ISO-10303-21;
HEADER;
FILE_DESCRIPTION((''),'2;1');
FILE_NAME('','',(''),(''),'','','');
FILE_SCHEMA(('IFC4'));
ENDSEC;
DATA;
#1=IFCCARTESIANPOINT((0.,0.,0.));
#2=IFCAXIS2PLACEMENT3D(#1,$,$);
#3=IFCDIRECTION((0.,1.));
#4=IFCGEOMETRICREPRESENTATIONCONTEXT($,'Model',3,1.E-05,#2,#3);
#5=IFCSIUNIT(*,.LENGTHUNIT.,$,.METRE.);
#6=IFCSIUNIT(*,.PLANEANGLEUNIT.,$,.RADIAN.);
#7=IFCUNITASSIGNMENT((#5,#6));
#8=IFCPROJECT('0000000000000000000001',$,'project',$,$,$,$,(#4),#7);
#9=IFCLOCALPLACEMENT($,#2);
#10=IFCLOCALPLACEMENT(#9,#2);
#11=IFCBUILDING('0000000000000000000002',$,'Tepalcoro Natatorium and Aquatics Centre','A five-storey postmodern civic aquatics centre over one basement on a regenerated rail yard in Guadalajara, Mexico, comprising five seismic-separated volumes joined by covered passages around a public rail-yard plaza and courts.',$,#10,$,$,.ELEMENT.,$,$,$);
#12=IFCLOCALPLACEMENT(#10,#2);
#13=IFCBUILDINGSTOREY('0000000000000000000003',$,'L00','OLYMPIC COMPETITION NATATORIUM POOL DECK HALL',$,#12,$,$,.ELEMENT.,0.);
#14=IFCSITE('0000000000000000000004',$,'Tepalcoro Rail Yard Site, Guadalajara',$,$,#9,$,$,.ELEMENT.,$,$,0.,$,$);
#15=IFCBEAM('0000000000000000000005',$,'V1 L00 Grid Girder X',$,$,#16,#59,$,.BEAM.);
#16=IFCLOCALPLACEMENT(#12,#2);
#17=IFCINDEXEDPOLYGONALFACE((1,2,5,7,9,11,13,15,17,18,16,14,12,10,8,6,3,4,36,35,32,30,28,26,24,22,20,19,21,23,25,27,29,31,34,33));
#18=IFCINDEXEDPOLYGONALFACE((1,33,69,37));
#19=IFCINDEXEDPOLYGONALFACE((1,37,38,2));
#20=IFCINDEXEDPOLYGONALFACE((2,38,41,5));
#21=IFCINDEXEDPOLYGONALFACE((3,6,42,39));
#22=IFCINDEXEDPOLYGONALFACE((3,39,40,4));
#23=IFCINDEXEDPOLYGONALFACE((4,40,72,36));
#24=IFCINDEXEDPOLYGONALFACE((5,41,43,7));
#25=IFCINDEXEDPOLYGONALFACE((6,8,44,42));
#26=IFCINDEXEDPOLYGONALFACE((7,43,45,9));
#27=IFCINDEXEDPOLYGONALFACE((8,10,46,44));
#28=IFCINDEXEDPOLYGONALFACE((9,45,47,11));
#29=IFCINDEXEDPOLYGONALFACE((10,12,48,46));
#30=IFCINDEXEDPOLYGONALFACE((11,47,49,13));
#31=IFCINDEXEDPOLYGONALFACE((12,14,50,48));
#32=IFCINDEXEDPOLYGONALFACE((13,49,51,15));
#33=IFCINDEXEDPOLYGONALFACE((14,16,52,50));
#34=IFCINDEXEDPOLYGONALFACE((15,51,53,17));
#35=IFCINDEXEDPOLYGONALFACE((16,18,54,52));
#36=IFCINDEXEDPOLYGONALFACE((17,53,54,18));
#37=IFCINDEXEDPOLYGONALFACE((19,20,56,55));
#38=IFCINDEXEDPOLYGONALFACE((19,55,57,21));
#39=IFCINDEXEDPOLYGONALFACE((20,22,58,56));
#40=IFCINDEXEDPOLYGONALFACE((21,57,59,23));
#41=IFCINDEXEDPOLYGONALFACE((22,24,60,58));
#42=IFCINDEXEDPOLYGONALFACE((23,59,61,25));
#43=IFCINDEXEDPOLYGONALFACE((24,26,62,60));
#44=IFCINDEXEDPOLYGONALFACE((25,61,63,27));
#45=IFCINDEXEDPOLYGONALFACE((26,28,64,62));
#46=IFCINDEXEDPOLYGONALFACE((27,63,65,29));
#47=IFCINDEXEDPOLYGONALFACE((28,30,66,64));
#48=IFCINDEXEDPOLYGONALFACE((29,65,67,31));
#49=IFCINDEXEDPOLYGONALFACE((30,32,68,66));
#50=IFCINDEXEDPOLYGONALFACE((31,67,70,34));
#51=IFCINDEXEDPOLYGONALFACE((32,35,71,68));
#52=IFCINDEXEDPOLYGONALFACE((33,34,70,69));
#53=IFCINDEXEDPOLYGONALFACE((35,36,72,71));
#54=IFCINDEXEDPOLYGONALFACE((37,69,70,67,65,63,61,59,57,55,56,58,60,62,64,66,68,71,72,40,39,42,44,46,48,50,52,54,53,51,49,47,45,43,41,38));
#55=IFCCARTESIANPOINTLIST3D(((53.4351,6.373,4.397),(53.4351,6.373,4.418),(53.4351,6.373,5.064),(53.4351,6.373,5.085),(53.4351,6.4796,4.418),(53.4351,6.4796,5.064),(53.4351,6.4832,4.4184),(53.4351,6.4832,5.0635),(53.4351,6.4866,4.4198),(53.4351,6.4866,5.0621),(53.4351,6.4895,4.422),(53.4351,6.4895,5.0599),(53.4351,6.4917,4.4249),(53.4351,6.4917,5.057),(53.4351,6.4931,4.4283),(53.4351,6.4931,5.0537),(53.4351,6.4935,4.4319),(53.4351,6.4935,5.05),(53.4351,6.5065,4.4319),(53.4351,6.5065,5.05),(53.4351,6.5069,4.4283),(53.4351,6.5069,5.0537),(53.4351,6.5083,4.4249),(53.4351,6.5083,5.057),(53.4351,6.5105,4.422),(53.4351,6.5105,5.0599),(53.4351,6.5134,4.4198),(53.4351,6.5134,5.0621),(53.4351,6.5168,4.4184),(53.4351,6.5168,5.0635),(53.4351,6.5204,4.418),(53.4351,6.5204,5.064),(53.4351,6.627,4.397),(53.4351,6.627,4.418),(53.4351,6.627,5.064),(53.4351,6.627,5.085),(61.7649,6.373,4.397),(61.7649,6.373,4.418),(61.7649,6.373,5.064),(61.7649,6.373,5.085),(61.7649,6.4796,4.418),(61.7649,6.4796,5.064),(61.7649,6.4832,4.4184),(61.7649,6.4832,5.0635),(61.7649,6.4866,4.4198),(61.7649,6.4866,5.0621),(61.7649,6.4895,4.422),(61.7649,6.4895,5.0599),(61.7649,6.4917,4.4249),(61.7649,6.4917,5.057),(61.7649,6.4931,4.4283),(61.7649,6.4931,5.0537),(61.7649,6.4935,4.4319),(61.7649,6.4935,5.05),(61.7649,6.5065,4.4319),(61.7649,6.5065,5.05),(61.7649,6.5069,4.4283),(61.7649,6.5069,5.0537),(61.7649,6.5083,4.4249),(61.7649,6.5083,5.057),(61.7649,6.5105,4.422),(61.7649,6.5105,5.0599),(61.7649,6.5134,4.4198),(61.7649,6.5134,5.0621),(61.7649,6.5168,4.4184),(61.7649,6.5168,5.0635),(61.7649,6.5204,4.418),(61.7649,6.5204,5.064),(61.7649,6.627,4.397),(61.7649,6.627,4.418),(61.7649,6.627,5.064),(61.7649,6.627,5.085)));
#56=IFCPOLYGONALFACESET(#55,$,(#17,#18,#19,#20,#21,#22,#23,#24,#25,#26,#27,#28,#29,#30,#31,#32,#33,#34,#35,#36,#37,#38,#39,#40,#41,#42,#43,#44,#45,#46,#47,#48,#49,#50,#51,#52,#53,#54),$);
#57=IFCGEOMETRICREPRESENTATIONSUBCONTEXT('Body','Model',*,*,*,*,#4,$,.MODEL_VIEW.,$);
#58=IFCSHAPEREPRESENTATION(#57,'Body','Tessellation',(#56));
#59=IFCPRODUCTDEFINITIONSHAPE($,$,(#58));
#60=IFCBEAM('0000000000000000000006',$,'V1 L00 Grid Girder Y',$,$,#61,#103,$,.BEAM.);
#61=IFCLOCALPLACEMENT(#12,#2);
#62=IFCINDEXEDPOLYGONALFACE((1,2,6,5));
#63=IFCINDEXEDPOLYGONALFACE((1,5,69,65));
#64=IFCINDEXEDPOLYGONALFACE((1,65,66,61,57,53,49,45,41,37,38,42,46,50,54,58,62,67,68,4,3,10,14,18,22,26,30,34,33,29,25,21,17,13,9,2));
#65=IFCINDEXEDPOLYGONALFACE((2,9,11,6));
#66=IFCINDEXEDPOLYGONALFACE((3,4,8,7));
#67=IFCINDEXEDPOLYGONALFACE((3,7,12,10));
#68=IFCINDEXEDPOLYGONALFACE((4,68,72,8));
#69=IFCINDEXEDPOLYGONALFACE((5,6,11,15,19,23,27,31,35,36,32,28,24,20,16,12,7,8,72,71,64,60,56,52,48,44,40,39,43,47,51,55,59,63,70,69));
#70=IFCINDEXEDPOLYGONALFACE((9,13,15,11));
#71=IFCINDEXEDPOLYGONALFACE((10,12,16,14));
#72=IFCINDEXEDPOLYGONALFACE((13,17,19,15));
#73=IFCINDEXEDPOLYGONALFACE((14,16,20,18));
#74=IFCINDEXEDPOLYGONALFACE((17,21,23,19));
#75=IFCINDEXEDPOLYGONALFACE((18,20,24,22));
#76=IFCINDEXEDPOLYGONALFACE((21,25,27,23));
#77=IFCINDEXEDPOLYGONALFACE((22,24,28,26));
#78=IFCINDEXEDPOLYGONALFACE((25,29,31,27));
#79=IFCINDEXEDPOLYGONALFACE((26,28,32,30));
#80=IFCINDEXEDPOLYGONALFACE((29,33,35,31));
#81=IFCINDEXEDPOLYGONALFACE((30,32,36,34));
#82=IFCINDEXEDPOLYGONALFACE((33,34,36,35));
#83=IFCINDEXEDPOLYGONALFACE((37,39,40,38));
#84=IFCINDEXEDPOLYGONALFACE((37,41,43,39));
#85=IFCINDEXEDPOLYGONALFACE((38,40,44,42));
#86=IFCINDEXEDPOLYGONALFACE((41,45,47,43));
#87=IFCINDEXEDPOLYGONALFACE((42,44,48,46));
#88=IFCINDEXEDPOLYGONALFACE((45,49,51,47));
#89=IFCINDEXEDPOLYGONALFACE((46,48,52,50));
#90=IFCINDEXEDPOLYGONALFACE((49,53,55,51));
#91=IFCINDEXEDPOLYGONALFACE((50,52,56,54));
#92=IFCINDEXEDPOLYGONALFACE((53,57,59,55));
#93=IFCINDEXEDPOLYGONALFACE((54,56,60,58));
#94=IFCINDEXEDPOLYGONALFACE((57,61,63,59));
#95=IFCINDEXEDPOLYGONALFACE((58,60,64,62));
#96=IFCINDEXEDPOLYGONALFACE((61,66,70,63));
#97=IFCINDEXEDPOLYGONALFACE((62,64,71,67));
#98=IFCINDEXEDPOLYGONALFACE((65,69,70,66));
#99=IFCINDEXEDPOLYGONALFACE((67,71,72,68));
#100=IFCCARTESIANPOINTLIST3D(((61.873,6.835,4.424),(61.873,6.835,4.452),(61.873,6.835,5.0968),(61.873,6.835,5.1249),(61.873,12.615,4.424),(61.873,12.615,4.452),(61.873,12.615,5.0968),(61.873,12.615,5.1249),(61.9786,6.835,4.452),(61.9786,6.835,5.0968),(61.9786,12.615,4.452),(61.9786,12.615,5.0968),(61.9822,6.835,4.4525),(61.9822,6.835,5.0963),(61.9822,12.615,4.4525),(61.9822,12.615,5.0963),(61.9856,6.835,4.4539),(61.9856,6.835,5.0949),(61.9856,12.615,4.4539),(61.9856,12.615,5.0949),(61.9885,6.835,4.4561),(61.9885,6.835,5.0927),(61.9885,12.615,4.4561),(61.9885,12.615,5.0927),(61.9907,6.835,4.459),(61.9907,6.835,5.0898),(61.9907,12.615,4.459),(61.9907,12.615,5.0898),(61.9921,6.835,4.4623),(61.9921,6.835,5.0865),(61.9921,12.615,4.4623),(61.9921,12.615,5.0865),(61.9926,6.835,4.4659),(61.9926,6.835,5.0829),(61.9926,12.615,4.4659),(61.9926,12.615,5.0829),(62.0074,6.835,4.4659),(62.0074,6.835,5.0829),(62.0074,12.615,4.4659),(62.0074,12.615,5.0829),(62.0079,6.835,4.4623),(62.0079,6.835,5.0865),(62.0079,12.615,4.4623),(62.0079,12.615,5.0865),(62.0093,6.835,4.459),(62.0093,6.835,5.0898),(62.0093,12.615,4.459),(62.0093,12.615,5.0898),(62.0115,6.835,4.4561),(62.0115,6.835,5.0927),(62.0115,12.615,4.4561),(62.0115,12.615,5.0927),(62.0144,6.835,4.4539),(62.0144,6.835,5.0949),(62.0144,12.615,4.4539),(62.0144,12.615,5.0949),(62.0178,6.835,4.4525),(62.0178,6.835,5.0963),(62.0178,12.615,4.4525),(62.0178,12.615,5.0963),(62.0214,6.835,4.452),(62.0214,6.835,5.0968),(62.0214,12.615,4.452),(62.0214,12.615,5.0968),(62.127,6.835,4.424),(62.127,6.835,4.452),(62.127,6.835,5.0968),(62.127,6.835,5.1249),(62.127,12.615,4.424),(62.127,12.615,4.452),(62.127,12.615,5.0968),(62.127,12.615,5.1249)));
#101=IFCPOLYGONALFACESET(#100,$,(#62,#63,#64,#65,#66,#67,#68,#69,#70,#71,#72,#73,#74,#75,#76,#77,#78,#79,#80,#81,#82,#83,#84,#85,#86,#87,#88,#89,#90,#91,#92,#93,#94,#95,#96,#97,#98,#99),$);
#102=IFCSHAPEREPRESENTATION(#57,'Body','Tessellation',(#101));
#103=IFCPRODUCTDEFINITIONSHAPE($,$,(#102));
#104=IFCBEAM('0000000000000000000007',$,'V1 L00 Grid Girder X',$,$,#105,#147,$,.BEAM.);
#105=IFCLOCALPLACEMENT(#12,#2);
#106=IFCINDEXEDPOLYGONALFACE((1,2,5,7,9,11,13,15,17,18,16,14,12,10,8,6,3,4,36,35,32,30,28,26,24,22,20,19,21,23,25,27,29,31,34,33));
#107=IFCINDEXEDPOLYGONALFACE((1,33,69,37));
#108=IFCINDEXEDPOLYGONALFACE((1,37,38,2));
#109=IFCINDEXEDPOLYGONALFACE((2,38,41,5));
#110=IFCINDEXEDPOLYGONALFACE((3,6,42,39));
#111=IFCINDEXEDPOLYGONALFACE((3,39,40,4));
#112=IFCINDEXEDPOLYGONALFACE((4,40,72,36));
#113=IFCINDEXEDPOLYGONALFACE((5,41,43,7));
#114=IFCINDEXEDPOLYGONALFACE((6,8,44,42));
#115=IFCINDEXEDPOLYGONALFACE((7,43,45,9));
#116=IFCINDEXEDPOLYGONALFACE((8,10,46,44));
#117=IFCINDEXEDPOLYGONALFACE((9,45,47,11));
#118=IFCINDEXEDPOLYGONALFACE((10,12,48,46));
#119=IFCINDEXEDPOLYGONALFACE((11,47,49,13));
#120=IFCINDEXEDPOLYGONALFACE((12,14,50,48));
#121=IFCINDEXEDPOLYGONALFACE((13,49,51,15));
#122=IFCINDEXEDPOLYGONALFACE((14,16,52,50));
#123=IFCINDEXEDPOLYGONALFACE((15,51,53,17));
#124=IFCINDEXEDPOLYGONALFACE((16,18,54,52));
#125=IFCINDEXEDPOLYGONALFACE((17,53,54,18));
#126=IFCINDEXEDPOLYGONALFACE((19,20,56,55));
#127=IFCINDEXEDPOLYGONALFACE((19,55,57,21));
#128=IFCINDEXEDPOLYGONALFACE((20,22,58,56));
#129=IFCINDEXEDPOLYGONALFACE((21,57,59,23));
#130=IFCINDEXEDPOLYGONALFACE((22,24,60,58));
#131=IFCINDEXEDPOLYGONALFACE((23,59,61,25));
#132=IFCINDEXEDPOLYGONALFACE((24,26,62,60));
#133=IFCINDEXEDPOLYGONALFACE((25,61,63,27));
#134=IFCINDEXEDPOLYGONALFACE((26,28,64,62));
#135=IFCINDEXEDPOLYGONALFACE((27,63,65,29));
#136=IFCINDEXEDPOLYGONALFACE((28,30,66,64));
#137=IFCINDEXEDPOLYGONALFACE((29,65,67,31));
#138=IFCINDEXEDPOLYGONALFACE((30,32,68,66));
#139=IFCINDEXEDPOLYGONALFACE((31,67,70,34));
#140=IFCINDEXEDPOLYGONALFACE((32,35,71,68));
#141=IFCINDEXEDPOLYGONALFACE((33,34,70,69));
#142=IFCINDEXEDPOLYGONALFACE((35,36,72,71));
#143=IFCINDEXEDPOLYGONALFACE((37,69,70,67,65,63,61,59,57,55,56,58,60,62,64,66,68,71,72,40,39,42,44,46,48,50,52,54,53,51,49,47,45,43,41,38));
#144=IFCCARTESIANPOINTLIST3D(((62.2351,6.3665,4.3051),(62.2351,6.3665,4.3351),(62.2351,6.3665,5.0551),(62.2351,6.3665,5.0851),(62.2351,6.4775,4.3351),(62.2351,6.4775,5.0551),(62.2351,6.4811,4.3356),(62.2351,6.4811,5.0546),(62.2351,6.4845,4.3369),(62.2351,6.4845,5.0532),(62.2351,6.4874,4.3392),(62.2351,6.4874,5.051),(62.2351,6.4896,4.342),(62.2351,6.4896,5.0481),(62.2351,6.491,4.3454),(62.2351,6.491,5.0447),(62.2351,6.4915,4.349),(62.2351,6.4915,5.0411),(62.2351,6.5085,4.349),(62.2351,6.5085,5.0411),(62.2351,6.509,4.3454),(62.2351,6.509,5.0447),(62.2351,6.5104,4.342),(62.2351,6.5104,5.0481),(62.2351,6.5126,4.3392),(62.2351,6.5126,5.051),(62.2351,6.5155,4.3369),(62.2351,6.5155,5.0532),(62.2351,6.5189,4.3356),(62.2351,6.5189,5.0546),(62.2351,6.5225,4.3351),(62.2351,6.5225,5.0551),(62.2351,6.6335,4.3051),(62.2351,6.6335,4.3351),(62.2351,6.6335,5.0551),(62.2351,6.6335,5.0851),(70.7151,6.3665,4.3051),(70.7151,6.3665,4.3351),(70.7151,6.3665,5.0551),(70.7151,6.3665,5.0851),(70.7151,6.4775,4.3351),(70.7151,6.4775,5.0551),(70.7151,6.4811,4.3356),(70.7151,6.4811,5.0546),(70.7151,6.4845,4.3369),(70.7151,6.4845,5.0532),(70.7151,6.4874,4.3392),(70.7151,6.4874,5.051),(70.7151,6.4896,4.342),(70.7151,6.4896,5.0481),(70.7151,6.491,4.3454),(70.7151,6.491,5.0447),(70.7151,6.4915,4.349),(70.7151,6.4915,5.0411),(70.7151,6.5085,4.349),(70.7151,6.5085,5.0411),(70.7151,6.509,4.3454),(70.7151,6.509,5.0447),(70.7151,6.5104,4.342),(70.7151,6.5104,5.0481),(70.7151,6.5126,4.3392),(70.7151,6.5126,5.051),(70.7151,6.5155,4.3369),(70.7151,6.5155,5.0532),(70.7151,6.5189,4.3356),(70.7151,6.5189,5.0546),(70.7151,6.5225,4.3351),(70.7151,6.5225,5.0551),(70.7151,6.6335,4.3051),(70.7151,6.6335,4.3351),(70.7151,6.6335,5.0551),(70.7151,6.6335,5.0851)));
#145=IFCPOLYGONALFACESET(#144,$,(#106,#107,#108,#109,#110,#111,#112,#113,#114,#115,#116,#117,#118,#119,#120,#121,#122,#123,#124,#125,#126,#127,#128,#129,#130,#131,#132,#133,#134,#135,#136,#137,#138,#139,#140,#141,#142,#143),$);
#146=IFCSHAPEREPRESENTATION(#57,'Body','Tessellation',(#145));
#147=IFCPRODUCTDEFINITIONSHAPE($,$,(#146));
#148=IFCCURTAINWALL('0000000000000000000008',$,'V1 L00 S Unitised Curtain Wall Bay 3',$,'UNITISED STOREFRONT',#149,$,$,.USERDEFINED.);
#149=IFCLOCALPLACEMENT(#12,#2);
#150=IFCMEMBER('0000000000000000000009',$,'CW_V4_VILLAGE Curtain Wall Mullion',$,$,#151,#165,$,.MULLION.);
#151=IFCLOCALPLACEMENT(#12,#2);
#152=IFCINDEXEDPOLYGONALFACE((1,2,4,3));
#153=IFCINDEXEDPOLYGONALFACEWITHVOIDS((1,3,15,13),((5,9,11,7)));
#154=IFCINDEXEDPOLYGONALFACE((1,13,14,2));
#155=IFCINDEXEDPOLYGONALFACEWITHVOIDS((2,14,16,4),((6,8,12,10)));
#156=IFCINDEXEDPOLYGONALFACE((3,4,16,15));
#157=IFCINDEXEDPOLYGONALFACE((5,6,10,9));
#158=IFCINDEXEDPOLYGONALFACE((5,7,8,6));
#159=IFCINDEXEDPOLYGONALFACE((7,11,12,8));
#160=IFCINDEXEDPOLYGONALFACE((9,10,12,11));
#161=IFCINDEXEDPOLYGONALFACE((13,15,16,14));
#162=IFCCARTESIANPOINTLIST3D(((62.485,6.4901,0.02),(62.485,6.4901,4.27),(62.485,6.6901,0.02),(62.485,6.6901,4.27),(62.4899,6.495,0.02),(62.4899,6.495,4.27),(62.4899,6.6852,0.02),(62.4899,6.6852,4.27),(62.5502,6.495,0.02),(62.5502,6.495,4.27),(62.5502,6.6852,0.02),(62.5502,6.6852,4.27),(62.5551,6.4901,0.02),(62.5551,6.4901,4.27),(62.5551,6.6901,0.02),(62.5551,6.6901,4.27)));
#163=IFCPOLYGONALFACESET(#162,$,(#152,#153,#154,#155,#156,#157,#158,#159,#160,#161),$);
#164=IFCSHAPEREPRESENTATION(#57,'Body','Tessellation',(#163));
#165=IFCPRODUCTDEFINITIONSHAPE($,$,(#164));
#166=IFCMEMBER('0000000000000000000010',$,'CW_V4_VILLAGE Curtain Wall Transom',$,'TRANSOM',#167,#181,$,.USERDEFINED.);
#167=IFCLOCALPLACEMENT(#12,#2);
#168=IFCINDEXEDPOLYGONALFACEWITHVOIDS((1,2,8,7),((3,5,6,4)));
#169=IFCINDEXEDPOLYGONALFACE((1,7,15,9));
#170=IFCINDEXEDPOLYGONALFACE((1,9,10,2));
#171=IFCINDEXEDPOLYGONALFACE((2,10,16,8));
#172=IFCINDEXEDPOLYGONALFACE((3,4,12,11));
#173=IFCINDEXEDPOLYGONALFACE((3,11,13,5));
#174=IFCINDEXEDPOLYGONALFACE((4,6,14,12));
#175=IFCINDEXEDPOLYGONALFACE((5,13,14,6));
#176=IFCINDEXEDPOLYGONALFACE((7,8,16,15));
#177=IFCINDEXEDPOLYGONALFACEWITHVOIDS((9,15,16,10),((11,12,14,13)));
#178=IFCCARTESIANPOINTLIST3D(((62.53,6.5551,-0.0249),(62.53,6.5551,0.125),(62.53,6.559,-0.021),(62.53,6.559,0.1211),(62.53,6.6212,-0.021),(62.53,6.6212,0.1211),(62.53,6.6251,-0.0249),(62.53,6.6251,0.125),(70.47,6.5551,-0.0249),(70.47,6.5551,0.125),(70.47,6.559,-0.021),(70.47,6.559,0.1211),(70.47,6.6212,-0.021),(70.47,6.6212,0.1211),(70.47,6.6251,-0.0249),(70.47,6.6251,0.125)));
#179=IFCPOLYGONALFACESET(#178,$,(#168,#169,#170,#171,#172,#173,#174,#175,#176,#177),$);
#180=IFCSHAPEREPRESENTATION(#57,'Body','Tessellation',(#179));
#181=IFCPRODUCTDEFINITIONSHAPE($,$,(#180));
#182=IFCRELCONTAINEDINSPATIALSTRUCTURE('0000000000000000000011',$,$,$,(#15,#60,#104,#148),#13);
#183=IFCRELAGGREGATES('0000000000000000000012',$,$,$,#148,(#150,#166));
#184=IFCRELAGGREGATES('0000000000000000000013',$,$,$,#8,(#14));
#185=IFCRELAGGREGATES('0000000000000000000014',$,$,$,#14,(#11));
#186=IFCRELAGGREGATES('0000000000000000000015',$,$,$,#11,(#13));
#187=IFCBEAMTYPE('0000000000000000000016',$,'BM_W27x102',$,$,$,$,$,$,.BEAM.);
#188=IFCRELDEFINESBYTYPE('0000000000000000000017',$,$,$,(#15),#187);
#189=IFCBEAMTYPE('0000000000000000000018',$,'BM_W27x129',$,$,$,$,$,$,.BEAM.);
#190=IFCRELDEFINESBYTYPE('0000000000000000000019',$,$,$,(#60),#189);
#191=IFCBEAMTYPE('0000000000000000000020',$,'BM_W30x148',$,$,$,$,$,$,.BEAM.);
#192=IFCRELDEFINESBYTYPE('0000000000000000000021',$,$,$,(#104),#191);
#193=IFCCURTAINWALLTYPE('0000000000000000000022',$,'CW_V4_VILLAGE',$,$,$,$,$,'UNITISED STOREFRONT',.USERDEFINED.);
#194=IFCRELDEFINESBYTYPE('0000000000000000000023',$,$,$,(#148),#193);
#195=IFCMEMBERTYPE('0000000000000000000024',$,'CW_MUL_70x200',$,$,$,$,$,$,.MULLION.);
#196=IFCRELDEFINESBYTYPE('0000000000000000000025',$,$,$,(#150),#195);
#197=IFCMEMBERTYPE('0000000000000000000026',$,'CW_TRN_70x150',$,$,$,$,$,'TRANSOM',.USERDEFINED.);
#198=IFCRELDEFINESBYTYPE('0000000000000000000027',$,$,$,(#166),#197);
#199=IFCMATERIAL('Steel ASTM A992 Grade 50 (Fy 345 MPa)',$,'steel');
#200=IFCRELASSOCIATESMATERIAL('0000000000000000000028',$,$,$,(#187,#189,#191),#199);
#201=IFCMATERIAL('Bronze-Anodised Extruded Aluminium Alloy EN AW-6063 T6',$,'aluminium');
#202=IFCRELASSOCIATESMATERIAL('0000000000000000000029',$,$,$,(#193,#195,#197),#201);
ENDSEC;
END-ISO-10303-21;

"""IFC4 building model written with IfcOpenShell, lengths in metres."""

from ifc_helpers import new_model, si_unit, direction, frame, origin, origin_2d, place, context, subcontext, project, spatial, hollow_rectangle, i_section, extrude, material, material_profile, profile_set, type_object, element, aggregate, save


model = new_model("IFC4")

# Units and contexts
model_context = context("Model", 3, precision=1e-05, world=origin(), true_north=direction((0.0, 1.0)))
body_context = subcontext(model_context, "Body", "Model", "MODEL_VIEW")
ifc_project = project(units=[si_unit("LENGTHUNIT", "METRE"), si_unit("PLANEANGLEUNIT", "RADIAN")], contexts=[model_context])

# Site, building, storey
site_placement = place(None, origin())
site = spatial("IfcSite", under=ifc_project, at=site_placement, Name="Tepalcoro Rail Yard Site, Guadalajara", CompositionType="ELEMENT", RefElevation=0.0)
building_placement = place(site_placement, origin())
building = spatial("IfcBuilding", under=site, at=building_placement, Name="Tepalcoro Natatorium and Aquatics Centre", Description="A five-storey postmodern civic aquatics centre over one basement on a regenerated rail yard in Guadalajara, Mexico, comprising five seismic-separated volumes joined by covered passages around a public rail-yard plaza and courts.", CompositionType="ELEMENT")
storey_placement = place(building_placement, origin())
storey = spatial("IfcBuildingStorey", under=building, at=storey_placement, Name="L00", Description="OLYMPIC COMPETITION NATATORIUM POOL DECK HALL", CompositionType="ELEMENT", Elevation=0.0)

# Beams
ifc_material_1 = material(Name="Steel ASTM A992 Grade 50 (Fy 345 MPa)", Category="steel")
ifc_material_profile_1 = material_profile(ifc_material_1, i_section(OverallWidth=0.2539, OverallDepth=0.688, WebThickness=0.0129, FlangeThickness=0.021, FilletRadius=0.0139, at=origin_2d()), Name="W27X102")
ifc_profile_set_1 = profile_set([ifc_material_profile_1], Name="Steel ASTM A992 Grade 50 (Fy 345 MPa)")
beam_type_1 = type_object("IfcBeamType", Name="BM_W27x102", PredefinedType="BEAM", material=ifc_profile_set_1)
beam_1_placement = place(storey_placement, frame((53.4351, 6.5, 4.741), z_axis=(1.0, 0.0, 0.0), x_axis=(0.0, 1.0, 0.0)))
element("IfcBeam", 1, at=beam_1_placement, inside=storey, type_object=beam_type_1, Name="V1 L00 Grid Girder X", PredefinedType="BEAM", context=body_context, shape_type="SweptSolid", body=[
    extrude(i_section(OverallWidth=0.2539, OverallDepth=0.688, WebThickness=0.0129, FlangeThickness=0.021, FilletRadius=0.0139, at=origin_2d()), origin(), (0.0, 0.0, 1.0), 8.3298),
])
ifc_material_profile_2 = material_profile(ifc_material_1, i_section(OverallWidth=0.2539, OverallDepth=0.7009, WebThickness=0.0149, FlangeThickness=0.0281, FilletRadius=0.0139, at=origin_2d()), Name="W27X129")
ifc_profile_set_2 = profile_set([ifc_material_profile_2], Name="Steel ASTM A992 Grade 50 (Fy 345 MPa)")
beam_type_2 = type_object("IfcBeamType", Name="BM_W27x129", PredefinedType="BEAM", material=ifc_profile_set_2)
beam_2_placement = place(storey_placement, frame((62.0, 6.835, 4.7744), z_axis=(0.0, 1.0, 0.0), x_axis=(-1.0, 0.0, 0.0)))
element("IfcBeam", 2, at=beam_2_placement, inside=storey, type_object=beam_type_2, Name="V1 L00 Grid Girder Y", PredefinedType="BEAM", context=body_context, shape_type="SweptSolid", body=[
    extrude(i_section(OverallWidth=0.2539, OverallDepth=0.7009, WebThickness=0.0149, FlangeThickness=0.0281, FilletRadius=0.0139, at=origin_2d()), origin(), (0.0, 0.0, 1.0), 5.78),
])
ifc_material_profile_3 = material_profile(ifc_material_1, i_section(OverallWidth=0.2671, OverallDepth=0.78, WebThickness=0.0171, FlangeThickness=0.03, FilletRadius=0.0139, at=origin_2d()), Name="W30X148")
ifc_profile_set_3 = profile_set([ifc_material_profile_3], Name="Steel ASTM A992 Grade 50 (Fy 345 MPa)")
beam_type_3 = type_object("IfcBeamType", Name="BM_W30x148", PredefinedType="BEAM", material=ifc_profile_set_3)
beam_3_placement = place(storey_placement, frame((62.2351, 6.5, 4.6951), z_axis=(1.0, 0.0, 0.0), x_axis=(0.0, 1.0, 0.0)))
element("IfcBeam", 3, at=beam_3_placement, inside=storey, type_object=beam_type_3, Name="V1 L00 Grid Girder X", PredefinedType="BEAM", context=body_context, shape_type="SweptSolid", body=[
    extrude(i_section(OverallWidth=0.2671, OverallDepth=0.78, WebThickness=0.0171, FlangeThickness=0.03, FilletRadius=0.0139, at=origin_2d()), origin(), (0.0, 0.0, 1.0), 8.48),
])

# Curtain wall, members
ifc_material_2 = material(Name="Bronze-Anodised Extruded Aluminium Alloy EN AW-6063 T6", Category="aluminium")
curtain_wall_type = type_object("IfcCurtainWallType", Name="CW_V4_VILLAGE", ElementType="UNITISED STOREFRONT", PredefinedType="USERDEFINED", material=ifc_material_2)
curtain_wall_placement = place(storey_placement, origin())
curtain_wall = element("IfcCurtainWall", 4, at=curtain_wall_placement, inside=storey, type_object=curtain_wall_type, Name="V1 L00 S Unitised Curtain Wall Bay 3", ObjectType="UNITISED STOREFRONT", PredefinedType="USERDEFINED")
ifc_material_profile_4 = material_profile(ifc_material_2, hollow_rectangle(XDim=0.0701, YDim=0.2, WallThickness=0.0049, at=origin_2d()), Name="AL70X200X5")
ifc_profile_set_4 = profile_set([ifc_material_profile_4], Name="Bronze-Anodised Extruded Aluminium Alloy EN AW-6063 T6")
member_type_1 = type_object("IfcMemberType", Name="CW_MUL_70x200", PredefinedType="MULLION", material=ifc_profile_set_4)
member_1_placement = place(storey_placement, frame((62.52, 6.5901, 0.02), z_axis=(0.0, 0.0, 1.0), x_axis=(1.0, 0.0, 0.0)))
member_1 = element("IfcMember", 5, at=member_1_placement, type_object=member_type_1, Name="CW_V4_VILLAGE Curtain Wall Mullion", PredefinedType="MULLION", context=body_context, shape_type="SweptSolid", body=[
    extrude(hollow_rectangle(XDim=0.0701, YDim=0.2, WallThickness=0.0049, at=origin_2d()), origin(), (0.0, 0.0, 1.0), 4.25),
])
ifc_material_profile_5 = material_profile(ifc_material_2, hollow_rectangle(XDim=0.0701, YDim=0.1499, WallThickness=0.0039, at=origin_2d()), Name="AL70X150X4")
ifc_profile_set_5 = profile_set([ifc_material_profile_5], Name="Bronze-Anodised Extruded Aluminium Alloy EN AW-6063 T6")
member_type_2 = type_object("IfcMemberType", Name="CW_TRN_70x150", ElementType="TRANSOM", PredefinedType="USERDEFINED", material=ifc_profile_set_5)
member_2_placement = place(storey_placement, frame((62.53, 6.5901, 0.05), z_axis=(1.0, 0.0, 0.0), x_axis=(0.0, 1.0, 0.0)))
member_2 = element("IfcMember", 6, at=member_2_placement, type_object=member_type_2, Name="CW_V4_VILLAGE Curtain Wall Transom", ObjectType="TRANSOM", PredefinedType="USERDEFINED", context=body_context, shape_type="SweptSolid", body=[
    extrude(hollow_rectangle(XDim=0.0701, YDim=0.1499, WallThickness=0.0039, at=origin_2d()), origin(), (0.0, 0.0, 1.0), 7.9399),
])
aggregate(curtain_wall, [member_1, member_2])

save(model, "model.ifc")
